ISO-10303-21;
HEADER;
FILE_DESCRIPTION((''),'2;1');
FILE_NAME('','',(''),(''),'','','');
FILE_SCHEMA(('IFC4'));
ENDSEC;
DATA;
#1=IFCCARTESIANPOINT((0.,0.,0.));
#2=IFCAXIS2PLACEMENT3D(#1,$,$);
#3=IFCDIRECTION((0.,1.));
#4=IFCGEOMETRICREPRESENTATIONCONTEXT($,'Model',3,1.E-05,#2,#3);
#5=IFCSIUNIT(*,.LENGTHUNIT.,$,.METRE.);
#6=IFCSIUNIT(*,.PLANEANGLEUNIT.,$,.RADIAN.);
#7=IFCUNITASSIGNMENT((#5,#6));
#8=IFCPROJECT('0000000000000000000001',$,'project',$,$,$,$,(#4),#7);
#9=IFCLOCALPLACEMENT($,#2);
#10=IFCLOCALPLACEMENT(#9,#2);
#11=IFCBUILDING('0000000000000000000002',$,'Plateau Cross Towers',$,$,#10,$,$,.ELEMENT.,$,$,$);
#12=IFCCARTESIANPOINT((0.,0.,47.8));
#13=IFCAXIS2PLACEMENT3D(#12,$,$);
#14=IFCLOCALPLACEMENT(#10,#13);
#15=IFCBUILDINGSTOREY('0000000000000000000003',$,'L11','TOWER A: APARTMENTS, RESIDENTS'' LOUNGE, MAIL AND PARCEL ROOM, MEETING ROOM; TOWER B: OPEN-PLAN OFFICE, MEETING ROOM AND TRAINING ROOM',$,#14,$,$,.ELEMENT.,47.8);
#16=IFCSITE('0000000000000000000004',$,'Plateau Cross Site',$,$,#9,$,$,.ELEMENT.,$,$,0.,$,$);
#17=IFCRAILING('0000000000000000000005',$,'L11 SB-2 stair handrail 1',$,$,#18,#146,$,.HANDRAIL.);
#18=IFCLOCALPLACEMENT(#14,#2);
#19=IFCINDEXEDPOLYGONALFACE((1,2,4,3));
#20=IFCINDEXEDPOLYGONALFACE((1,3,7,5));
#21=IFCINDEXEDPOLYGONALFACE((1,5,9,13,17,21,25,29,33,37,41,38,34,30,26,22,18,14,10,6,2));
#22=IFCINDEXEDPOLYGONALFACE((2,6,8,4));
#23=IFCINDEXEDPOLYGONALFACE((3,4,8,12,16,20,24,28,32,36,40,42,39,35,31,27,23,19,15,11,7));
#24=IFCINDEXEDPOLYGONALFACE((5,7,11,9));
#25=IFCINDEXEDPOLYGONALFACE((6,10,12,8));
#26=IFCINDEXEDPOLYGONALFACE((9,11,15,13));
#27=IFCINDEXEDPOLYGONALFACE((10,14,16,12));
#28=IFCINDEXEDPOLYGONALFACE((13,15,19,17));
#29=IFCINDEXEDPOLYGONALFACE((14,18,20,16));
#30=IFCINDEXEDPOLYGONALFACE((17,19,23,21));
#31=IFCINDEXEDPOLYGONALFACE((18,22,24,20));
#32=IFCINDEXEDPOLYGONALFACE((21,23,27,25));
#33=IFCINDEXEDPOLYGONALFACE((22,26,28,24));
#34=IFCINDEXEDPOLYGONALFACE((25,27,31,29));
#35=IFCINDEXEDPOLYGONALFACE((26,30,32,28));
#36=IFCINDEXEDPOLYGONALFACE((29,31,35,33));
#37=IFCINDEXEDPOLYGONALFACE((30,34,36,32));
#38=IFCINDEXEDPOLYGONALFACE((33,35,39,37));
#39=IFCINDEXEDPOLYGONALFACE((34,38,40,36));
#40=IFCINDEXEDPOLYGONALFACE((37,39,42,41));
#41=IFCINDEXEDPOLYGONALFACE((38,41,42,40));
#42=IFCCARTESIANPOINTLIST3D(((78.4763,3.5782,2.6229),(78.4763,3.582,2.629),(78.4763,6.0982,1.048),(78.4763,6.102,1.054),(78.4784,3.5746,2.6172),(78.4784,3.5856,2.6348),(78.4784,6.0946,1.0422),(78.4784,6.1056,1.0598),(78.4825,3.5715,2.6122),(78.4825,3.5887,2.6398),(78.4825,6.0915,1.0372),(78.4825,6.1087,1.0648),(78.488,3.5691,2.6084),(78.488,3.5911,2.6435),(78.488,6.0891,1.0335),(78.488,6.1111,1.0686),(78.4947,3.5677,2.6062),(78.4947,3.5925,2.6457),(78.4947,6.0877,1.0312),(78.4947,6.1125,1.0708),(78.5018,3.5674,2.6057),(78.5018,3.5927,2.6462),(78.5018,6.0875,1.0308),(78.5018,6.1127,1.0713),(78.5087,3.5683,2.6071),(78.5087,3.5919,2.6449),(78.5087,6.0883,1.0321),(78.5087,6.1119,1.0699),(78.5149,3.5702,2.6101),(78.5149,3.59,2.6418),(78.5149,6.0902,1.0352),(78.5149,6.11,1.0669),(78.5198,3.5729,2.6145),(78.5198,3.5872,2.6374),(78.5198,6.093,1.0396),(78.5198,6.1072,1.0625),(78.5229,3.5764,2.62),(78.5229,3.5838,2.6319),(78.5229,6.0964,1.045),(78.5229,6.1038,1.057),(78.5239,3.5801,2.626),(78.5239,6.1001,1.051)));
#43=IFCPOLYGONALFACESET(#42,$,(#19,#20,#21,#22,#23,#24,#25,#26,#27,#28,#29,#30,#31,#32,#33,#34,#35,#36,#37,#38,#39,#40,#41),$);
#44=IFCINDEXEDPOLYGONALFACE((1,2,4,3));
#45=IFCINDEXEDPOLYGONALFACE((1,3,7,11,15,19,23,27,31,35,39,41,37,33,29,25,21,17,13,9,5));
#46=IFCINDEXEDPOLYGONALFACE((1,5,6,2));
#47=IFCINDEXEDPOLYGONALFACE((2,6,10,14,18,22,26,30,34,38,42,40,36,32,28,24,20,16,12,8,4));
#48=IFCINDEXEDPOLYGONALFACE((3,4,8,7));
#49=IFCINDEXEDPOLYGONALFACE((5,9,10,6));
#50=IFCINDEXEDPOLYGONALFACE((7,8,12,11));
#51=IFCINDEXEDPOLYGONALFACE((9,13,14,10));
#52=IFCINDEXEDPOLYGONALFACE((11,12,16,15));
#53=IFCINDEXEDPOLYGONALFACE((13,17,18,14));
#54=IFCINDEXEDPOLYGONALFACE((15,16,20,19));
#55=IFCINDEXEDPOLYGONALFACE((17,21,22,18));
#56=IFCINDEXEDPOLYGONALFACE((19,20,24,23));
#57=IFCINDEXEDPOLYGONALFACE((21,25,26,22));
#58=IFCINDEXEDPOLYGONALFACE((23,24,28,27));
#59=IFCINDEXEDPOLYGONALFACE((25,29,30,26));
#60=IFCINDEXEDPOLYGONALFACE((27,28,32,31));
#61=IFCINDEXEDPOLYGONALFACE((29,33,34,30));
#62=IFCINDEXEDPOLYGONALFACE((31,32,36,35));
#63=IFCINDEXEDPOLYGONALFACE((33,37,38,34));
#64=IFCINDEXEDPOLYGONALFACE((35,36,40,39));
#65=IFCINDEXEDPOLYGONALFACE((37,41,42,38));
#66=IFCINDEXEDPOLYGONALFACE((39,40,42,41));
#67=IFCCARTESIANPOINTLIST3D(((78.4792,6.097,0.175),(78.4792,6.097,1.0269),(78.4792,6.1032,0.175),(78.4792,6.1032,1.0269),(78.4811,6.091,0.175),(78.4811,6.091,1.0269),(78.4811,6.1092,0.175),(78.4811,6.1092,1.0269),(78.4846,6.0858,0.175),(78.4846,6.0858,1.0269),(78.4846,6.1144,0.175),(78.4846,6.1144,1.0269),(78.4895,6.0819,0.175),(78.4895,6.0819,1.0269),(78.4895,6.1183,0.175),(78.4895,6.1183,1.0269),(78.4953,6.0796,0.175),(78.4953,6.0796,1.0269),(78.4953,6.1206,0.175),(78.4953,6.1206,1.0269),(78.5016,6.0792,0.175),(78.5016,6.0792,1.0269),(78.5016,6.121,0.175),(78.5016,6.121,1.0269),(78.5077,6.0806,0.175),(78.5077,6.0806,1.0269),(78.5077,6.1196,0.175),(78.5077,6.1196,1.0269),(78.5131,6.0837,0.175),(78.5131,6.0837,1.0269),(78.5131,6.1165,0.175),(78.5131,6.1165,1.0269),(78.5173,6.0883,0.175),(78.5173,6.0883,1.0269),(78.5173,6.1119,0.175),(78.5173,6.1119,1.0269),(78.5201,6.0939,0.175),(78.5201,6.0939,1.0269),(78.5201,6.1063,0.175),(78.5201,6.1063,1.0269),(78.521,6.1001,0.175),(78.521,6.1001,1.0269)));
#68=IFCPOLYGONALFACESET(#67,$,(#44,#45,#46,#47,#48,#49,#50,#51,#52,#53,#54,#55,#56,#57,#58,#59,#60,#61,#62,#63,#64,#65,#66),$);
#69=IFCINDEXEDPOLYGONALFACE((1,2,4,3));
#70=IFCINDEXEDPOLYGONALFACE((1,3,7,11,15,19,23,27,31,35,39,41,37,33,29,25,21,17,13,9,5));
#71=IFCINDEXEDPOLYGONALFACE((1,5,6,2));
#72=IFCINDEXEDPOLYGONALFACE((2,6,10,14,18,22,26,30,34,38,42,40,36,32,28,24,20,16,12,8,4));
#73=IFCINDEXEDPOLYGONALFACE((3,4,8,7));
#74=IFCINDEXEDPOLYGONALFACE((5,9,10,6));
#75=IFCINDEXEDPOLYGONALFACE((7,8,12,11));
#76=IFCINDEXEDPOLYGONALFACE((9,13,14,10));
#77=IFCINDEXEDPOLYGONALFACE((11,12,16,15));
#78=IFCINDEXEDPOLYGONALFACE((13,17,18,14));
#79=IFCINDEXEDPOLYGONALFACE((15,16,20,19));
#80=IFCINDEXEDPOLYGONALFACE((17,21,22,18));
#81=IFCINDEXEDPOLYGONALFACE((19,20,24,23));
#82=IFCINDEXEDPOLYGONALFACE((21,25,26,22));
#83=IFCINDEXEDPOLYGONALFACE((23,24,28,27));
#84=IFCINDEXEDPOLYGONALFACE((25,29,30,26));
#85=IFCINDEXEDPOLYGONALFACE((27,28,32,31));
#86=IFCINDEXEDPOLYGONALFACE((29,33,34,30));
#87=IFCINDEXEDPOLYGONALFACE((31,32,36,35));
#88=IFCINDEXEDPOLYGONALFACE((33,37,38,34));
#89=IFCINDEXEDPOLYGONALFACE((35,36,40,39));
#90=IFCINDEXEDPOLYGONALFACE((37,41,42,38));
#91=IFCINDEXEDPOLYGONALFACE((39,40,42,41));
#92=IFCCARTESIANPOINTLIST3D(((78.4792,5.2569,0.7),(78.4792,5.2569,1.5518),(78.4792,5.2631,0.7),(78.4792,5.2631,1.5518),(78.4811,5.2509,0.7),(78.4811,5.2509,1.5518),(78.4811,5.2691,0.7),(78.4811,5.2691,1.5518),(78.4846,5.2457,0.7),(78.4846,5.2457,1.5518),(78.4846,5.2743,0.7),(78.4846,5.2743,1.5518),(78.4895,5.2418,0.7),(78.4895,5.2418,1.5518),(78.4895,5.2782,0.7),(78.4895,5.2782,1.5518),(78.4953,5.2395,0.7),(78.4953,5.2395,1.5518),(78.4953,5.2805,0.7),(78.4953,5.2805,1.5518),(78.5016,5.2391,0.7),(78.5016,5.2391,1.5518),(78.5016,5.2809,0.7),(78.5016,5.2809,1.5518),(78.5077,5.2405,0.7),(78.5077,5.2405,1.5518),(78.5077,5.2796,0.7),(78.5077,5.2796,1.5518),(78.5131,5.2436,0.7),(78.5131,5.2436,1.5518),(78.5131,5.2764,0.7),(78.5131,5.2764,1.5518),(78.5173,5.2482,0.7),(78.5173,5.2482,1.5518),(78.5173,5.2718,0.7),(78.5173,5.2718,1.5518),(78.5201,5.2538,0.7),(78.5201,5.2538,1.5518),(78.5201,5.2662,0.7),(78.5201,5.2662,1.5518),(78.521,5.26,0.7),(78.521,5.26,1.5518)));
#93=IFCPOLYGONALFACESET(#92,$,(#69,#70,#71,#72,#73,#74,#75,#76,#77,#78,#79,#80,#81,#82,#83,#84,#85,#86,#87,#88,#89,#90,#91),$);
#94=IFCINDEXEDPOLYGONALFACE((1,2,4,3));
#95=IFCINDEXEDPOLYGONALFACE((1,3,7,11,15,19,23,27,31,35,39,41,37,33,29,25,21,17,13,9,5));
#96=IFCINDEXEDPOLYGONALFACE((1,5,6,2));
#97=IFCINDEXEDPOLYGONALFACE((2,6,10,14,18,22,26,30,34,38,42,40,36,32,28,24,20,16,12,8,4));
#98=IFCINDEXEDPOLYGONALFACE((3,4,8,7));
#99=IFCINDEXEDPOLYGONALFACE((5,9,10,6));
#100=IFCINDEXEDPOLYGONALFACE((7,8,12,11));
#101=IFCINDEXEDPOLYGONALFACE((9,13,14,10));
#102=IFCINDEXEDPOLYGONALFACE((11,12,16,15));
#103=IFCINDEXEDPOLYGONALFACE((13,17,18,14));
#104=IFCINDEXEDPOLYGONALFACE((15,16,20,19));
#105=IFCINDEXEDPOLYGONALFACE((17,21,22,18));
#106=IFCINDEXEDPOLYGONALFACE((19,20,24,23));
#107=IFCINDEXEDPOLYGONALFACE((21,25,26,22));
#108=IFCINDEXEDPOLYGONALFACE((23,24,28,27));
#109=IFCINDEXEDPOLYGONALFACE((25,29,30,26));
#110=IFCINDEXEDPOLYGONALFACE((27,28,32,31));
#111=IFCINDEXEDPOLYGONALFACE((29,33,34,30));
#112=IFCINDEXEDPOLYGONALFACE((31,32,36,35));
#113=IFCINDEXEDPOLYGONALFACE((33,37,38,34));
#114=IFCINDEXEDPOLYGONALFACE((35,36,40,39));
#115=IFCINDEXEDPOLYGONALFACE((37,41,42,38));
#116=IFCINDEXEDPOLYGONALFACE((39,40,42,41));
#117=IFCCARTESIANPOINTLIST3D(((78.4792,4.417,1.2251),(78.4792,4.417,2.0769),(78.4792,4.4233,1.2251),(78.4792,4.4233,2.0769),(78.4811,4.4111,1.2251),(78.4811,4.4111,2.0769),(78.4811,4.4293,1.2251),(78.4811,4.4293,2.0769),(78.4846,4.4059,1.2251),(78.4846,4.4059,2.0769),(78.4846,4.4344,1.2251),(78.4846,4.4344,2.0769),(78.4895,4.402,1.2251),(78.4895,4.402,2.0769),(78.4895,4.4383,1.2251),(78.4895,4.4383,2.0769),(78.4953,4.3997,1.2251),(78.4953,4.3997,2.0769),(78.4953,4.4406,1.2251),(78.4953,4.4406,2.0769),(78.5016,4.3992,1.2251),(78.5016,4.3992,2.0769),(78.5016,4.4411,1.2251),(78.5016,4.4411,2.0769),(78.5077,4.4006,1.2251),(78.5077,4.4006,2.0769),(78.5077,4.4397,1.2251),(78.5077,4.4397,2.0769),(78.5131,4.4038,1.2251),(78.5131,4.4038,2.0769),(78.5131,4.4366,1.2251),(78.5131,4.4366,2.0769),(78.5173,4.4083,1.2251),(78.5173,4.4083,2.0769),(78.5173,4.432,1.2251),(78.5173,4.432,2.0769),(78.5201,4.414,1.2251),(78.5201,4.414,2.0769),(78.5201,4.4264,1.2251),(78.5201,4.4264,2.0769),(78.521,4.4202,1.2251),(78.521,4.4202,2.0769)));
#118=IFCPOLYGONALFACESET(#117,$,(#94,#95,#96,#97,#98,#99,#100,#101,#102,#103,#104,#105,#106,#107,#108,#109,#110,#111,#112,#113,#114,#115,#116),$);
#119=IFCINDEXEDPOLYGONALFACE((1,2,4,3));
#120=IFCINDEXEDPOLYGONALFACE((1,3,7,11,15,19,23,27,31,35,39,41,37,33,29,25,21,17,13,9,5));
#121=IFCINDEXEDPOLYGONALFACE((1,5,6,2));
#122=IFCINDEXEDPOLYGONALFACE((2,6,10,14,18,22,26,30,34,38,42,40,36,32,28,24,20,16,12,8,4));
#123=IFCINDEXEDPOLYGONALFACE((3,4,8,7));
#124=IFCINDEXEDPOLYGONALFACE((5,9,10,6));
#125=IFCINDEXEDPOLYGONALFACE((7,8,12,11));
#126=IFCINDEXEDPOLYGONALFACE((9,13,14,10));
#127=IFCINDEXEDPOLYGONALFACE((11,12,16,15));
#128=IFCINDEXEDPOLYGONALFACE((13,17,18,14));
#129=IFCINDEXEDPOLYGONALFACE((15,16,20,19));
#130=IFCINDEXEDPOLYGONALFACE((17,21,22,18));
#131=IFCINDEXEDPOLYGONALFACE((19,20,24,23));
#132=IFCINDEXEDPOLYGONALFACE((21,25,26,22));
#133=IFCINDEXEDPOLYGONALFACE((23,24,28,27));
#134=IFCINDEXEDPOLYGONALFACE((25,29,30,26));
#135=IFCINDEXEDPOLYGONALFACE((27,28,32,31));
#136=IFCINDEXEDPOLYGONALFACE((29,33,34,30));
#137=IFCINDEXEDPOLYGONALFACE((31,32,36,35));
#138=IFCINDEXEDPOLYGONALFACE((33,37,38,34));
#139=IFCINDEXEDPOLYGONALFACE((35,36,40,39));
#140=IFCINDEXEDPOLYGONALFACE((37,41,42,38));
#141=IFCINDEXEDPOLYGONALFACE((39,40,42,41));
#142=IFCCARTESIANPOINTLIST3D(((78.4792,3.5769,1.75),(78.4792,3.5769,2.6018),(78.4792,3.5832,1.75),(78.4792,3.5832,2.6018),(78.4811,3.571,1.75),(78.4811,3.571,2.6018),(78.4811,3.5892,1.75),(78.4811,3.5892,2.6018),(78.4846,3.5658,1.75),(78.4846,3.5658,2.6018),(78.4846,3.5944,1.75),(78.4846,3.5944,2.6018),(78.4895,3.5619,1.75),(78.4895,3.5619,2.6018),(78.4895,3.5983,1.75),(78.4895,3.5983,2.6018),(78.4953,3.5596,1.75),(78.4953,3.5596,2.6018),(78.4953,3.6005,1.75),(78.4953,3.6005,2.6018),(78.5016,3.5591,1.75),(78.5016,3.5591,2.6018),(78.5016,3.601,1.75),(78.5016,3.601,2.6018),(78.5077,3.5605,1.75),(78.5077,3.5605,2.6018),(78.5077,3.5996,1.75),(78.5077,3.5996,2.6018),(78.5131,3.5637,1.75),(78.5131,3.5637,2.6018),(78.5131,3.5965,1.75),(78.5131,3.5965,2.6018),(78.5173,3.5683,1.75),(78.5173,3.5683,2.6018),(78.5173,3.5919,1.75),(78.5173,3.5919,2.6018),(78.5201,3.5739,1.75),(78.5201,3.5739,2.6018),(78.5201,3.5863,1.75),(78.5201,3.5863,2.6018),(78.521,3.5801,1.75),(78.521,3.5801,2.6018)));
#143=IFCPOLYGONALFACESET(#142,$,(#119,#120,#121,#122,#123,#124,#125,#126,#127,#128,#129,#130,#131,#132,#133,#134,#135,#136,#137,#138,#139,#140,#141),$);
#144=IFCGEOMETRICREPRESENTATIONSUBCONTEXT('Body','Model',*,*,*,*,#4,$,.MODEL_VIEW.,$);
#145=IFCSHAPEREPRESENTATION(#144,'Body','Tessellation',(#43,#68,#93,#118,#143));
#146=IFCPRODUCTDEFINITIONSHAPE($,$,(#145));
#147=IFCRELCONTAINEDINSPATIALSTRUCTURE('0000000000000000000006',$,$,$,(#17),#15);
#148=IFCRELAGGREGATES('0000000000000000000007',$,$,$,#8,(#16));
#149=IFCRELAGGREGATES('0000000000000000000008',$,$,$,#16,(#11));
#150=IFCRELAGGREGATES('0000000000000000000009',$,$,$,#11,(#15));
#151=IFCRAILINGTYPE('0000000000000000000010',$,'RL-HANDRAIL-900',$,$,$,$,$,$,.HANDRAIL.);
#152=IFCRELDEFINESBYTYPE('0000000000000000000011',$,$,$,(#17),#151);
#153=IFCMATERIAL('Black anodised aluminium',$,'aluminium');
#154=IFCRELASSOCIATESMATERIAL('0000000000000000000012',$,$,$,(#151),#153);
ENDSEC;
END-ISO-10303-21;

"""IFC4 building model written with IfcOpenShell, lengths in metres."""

from ifc_helpers import new_model, si_unit, direction, frame, origin, origin_2d, place, context, subcontext, project, spatial, circle, extrude, material, type_object, element, save


model = new_model("IFC4")

# Units and contexts
model_context = context("Model", 3, precision=1e-05, world=origin(), true_north=direction((0.0, 1.0)))
body_context = subcontext(model_context, "Body", "Model", "MODEL_VIEW")
ifc_project = project(units=[si_unit("LENGTHUNIT", "METRE"), si_unit("PLANEANGLEUNIT", "RADIAN")], contexts=[model_context])

# Site, building, storey
site_placement = place(None, origin())
site = spatial("IfcSite", under=ifc_project, at=site_placement, Name="Plateau Cross Site", CompositionType="ELEMENT", RefElevation=0.0)
building_placement = place(site_placement, origin())
building = spatial("IfcBuilding", under=site, at=building_placement, Name="Plateau Cross Towers", CompositionType="ELEMENT")
storey_placement = place(building_placement, frame((0.0, 0.0, 47.8)))
storey = spatial("IfcBuildingStorey", under=building, at=storey_placement, Name="L11", Description="TOWER A: APARTMENTS, RESIDENTS' LOUNGE, MAIL AND PARCEL ROOM, MEETING ROOM; TOWER B: OPEN-PLAN OFFICE, MEETING ROOM AND TRAINING ROOM", CompositionType="ELEMENT", Elevation=47.8)

# Railing
ifc_material_1 = material(Name="Black anodised aluminium", Category="aluminium")
railing_type_1 = type_object("IfcRailingType", Name="RL-HANDRAIL-900", PredefinedType="HANDRAIL", material=ifc_material_1)
railing_1_placement = place(storey_placement, frame((78.5, 6.1001, 0.175)))
element("IfcRailing", 1, at=railing_1_placement, inside=storey, type_object=railing_type_1, Name="L11 SB-2 stair handrail 1", PredefinedType="HANDRAIL", context=body_context, shape_type="SweptSolid", body=[
    extrude(circle(Radius=0.0239, at=origin_2d()), frame((0.0, 0.0, 0.876), z_axis=(0.0, -0.848008, 0.529984), x_axis=(1.0, 0.0, 0.0)), (0.0, 0.0, 1.0), 2.9717),
    extrude(circle(Radius=0.021, at=origin_2d()), origin(), (0.0, 0.0, 1.0), 0.8518),
    extrude(circle(Radius=0.021, at=origin_2d()), frame((0.0, -0.8401, 0.5249)), (0.0, 0.0, 1.0), 0.8518),
    extrude(circle(Radius=0.021, at=origin_2d()), frame((0.0, -1.6799, 1.05)), (0.0, 0.0, 1.0), 0.8518),
    extrude(circle(Radius=0.021, at=origin_2d()), frame((0.0, -2.52, 1.575)), (0.0, 0.0, 1.0), 0.8518),
])

save(model, "model.ifc")
